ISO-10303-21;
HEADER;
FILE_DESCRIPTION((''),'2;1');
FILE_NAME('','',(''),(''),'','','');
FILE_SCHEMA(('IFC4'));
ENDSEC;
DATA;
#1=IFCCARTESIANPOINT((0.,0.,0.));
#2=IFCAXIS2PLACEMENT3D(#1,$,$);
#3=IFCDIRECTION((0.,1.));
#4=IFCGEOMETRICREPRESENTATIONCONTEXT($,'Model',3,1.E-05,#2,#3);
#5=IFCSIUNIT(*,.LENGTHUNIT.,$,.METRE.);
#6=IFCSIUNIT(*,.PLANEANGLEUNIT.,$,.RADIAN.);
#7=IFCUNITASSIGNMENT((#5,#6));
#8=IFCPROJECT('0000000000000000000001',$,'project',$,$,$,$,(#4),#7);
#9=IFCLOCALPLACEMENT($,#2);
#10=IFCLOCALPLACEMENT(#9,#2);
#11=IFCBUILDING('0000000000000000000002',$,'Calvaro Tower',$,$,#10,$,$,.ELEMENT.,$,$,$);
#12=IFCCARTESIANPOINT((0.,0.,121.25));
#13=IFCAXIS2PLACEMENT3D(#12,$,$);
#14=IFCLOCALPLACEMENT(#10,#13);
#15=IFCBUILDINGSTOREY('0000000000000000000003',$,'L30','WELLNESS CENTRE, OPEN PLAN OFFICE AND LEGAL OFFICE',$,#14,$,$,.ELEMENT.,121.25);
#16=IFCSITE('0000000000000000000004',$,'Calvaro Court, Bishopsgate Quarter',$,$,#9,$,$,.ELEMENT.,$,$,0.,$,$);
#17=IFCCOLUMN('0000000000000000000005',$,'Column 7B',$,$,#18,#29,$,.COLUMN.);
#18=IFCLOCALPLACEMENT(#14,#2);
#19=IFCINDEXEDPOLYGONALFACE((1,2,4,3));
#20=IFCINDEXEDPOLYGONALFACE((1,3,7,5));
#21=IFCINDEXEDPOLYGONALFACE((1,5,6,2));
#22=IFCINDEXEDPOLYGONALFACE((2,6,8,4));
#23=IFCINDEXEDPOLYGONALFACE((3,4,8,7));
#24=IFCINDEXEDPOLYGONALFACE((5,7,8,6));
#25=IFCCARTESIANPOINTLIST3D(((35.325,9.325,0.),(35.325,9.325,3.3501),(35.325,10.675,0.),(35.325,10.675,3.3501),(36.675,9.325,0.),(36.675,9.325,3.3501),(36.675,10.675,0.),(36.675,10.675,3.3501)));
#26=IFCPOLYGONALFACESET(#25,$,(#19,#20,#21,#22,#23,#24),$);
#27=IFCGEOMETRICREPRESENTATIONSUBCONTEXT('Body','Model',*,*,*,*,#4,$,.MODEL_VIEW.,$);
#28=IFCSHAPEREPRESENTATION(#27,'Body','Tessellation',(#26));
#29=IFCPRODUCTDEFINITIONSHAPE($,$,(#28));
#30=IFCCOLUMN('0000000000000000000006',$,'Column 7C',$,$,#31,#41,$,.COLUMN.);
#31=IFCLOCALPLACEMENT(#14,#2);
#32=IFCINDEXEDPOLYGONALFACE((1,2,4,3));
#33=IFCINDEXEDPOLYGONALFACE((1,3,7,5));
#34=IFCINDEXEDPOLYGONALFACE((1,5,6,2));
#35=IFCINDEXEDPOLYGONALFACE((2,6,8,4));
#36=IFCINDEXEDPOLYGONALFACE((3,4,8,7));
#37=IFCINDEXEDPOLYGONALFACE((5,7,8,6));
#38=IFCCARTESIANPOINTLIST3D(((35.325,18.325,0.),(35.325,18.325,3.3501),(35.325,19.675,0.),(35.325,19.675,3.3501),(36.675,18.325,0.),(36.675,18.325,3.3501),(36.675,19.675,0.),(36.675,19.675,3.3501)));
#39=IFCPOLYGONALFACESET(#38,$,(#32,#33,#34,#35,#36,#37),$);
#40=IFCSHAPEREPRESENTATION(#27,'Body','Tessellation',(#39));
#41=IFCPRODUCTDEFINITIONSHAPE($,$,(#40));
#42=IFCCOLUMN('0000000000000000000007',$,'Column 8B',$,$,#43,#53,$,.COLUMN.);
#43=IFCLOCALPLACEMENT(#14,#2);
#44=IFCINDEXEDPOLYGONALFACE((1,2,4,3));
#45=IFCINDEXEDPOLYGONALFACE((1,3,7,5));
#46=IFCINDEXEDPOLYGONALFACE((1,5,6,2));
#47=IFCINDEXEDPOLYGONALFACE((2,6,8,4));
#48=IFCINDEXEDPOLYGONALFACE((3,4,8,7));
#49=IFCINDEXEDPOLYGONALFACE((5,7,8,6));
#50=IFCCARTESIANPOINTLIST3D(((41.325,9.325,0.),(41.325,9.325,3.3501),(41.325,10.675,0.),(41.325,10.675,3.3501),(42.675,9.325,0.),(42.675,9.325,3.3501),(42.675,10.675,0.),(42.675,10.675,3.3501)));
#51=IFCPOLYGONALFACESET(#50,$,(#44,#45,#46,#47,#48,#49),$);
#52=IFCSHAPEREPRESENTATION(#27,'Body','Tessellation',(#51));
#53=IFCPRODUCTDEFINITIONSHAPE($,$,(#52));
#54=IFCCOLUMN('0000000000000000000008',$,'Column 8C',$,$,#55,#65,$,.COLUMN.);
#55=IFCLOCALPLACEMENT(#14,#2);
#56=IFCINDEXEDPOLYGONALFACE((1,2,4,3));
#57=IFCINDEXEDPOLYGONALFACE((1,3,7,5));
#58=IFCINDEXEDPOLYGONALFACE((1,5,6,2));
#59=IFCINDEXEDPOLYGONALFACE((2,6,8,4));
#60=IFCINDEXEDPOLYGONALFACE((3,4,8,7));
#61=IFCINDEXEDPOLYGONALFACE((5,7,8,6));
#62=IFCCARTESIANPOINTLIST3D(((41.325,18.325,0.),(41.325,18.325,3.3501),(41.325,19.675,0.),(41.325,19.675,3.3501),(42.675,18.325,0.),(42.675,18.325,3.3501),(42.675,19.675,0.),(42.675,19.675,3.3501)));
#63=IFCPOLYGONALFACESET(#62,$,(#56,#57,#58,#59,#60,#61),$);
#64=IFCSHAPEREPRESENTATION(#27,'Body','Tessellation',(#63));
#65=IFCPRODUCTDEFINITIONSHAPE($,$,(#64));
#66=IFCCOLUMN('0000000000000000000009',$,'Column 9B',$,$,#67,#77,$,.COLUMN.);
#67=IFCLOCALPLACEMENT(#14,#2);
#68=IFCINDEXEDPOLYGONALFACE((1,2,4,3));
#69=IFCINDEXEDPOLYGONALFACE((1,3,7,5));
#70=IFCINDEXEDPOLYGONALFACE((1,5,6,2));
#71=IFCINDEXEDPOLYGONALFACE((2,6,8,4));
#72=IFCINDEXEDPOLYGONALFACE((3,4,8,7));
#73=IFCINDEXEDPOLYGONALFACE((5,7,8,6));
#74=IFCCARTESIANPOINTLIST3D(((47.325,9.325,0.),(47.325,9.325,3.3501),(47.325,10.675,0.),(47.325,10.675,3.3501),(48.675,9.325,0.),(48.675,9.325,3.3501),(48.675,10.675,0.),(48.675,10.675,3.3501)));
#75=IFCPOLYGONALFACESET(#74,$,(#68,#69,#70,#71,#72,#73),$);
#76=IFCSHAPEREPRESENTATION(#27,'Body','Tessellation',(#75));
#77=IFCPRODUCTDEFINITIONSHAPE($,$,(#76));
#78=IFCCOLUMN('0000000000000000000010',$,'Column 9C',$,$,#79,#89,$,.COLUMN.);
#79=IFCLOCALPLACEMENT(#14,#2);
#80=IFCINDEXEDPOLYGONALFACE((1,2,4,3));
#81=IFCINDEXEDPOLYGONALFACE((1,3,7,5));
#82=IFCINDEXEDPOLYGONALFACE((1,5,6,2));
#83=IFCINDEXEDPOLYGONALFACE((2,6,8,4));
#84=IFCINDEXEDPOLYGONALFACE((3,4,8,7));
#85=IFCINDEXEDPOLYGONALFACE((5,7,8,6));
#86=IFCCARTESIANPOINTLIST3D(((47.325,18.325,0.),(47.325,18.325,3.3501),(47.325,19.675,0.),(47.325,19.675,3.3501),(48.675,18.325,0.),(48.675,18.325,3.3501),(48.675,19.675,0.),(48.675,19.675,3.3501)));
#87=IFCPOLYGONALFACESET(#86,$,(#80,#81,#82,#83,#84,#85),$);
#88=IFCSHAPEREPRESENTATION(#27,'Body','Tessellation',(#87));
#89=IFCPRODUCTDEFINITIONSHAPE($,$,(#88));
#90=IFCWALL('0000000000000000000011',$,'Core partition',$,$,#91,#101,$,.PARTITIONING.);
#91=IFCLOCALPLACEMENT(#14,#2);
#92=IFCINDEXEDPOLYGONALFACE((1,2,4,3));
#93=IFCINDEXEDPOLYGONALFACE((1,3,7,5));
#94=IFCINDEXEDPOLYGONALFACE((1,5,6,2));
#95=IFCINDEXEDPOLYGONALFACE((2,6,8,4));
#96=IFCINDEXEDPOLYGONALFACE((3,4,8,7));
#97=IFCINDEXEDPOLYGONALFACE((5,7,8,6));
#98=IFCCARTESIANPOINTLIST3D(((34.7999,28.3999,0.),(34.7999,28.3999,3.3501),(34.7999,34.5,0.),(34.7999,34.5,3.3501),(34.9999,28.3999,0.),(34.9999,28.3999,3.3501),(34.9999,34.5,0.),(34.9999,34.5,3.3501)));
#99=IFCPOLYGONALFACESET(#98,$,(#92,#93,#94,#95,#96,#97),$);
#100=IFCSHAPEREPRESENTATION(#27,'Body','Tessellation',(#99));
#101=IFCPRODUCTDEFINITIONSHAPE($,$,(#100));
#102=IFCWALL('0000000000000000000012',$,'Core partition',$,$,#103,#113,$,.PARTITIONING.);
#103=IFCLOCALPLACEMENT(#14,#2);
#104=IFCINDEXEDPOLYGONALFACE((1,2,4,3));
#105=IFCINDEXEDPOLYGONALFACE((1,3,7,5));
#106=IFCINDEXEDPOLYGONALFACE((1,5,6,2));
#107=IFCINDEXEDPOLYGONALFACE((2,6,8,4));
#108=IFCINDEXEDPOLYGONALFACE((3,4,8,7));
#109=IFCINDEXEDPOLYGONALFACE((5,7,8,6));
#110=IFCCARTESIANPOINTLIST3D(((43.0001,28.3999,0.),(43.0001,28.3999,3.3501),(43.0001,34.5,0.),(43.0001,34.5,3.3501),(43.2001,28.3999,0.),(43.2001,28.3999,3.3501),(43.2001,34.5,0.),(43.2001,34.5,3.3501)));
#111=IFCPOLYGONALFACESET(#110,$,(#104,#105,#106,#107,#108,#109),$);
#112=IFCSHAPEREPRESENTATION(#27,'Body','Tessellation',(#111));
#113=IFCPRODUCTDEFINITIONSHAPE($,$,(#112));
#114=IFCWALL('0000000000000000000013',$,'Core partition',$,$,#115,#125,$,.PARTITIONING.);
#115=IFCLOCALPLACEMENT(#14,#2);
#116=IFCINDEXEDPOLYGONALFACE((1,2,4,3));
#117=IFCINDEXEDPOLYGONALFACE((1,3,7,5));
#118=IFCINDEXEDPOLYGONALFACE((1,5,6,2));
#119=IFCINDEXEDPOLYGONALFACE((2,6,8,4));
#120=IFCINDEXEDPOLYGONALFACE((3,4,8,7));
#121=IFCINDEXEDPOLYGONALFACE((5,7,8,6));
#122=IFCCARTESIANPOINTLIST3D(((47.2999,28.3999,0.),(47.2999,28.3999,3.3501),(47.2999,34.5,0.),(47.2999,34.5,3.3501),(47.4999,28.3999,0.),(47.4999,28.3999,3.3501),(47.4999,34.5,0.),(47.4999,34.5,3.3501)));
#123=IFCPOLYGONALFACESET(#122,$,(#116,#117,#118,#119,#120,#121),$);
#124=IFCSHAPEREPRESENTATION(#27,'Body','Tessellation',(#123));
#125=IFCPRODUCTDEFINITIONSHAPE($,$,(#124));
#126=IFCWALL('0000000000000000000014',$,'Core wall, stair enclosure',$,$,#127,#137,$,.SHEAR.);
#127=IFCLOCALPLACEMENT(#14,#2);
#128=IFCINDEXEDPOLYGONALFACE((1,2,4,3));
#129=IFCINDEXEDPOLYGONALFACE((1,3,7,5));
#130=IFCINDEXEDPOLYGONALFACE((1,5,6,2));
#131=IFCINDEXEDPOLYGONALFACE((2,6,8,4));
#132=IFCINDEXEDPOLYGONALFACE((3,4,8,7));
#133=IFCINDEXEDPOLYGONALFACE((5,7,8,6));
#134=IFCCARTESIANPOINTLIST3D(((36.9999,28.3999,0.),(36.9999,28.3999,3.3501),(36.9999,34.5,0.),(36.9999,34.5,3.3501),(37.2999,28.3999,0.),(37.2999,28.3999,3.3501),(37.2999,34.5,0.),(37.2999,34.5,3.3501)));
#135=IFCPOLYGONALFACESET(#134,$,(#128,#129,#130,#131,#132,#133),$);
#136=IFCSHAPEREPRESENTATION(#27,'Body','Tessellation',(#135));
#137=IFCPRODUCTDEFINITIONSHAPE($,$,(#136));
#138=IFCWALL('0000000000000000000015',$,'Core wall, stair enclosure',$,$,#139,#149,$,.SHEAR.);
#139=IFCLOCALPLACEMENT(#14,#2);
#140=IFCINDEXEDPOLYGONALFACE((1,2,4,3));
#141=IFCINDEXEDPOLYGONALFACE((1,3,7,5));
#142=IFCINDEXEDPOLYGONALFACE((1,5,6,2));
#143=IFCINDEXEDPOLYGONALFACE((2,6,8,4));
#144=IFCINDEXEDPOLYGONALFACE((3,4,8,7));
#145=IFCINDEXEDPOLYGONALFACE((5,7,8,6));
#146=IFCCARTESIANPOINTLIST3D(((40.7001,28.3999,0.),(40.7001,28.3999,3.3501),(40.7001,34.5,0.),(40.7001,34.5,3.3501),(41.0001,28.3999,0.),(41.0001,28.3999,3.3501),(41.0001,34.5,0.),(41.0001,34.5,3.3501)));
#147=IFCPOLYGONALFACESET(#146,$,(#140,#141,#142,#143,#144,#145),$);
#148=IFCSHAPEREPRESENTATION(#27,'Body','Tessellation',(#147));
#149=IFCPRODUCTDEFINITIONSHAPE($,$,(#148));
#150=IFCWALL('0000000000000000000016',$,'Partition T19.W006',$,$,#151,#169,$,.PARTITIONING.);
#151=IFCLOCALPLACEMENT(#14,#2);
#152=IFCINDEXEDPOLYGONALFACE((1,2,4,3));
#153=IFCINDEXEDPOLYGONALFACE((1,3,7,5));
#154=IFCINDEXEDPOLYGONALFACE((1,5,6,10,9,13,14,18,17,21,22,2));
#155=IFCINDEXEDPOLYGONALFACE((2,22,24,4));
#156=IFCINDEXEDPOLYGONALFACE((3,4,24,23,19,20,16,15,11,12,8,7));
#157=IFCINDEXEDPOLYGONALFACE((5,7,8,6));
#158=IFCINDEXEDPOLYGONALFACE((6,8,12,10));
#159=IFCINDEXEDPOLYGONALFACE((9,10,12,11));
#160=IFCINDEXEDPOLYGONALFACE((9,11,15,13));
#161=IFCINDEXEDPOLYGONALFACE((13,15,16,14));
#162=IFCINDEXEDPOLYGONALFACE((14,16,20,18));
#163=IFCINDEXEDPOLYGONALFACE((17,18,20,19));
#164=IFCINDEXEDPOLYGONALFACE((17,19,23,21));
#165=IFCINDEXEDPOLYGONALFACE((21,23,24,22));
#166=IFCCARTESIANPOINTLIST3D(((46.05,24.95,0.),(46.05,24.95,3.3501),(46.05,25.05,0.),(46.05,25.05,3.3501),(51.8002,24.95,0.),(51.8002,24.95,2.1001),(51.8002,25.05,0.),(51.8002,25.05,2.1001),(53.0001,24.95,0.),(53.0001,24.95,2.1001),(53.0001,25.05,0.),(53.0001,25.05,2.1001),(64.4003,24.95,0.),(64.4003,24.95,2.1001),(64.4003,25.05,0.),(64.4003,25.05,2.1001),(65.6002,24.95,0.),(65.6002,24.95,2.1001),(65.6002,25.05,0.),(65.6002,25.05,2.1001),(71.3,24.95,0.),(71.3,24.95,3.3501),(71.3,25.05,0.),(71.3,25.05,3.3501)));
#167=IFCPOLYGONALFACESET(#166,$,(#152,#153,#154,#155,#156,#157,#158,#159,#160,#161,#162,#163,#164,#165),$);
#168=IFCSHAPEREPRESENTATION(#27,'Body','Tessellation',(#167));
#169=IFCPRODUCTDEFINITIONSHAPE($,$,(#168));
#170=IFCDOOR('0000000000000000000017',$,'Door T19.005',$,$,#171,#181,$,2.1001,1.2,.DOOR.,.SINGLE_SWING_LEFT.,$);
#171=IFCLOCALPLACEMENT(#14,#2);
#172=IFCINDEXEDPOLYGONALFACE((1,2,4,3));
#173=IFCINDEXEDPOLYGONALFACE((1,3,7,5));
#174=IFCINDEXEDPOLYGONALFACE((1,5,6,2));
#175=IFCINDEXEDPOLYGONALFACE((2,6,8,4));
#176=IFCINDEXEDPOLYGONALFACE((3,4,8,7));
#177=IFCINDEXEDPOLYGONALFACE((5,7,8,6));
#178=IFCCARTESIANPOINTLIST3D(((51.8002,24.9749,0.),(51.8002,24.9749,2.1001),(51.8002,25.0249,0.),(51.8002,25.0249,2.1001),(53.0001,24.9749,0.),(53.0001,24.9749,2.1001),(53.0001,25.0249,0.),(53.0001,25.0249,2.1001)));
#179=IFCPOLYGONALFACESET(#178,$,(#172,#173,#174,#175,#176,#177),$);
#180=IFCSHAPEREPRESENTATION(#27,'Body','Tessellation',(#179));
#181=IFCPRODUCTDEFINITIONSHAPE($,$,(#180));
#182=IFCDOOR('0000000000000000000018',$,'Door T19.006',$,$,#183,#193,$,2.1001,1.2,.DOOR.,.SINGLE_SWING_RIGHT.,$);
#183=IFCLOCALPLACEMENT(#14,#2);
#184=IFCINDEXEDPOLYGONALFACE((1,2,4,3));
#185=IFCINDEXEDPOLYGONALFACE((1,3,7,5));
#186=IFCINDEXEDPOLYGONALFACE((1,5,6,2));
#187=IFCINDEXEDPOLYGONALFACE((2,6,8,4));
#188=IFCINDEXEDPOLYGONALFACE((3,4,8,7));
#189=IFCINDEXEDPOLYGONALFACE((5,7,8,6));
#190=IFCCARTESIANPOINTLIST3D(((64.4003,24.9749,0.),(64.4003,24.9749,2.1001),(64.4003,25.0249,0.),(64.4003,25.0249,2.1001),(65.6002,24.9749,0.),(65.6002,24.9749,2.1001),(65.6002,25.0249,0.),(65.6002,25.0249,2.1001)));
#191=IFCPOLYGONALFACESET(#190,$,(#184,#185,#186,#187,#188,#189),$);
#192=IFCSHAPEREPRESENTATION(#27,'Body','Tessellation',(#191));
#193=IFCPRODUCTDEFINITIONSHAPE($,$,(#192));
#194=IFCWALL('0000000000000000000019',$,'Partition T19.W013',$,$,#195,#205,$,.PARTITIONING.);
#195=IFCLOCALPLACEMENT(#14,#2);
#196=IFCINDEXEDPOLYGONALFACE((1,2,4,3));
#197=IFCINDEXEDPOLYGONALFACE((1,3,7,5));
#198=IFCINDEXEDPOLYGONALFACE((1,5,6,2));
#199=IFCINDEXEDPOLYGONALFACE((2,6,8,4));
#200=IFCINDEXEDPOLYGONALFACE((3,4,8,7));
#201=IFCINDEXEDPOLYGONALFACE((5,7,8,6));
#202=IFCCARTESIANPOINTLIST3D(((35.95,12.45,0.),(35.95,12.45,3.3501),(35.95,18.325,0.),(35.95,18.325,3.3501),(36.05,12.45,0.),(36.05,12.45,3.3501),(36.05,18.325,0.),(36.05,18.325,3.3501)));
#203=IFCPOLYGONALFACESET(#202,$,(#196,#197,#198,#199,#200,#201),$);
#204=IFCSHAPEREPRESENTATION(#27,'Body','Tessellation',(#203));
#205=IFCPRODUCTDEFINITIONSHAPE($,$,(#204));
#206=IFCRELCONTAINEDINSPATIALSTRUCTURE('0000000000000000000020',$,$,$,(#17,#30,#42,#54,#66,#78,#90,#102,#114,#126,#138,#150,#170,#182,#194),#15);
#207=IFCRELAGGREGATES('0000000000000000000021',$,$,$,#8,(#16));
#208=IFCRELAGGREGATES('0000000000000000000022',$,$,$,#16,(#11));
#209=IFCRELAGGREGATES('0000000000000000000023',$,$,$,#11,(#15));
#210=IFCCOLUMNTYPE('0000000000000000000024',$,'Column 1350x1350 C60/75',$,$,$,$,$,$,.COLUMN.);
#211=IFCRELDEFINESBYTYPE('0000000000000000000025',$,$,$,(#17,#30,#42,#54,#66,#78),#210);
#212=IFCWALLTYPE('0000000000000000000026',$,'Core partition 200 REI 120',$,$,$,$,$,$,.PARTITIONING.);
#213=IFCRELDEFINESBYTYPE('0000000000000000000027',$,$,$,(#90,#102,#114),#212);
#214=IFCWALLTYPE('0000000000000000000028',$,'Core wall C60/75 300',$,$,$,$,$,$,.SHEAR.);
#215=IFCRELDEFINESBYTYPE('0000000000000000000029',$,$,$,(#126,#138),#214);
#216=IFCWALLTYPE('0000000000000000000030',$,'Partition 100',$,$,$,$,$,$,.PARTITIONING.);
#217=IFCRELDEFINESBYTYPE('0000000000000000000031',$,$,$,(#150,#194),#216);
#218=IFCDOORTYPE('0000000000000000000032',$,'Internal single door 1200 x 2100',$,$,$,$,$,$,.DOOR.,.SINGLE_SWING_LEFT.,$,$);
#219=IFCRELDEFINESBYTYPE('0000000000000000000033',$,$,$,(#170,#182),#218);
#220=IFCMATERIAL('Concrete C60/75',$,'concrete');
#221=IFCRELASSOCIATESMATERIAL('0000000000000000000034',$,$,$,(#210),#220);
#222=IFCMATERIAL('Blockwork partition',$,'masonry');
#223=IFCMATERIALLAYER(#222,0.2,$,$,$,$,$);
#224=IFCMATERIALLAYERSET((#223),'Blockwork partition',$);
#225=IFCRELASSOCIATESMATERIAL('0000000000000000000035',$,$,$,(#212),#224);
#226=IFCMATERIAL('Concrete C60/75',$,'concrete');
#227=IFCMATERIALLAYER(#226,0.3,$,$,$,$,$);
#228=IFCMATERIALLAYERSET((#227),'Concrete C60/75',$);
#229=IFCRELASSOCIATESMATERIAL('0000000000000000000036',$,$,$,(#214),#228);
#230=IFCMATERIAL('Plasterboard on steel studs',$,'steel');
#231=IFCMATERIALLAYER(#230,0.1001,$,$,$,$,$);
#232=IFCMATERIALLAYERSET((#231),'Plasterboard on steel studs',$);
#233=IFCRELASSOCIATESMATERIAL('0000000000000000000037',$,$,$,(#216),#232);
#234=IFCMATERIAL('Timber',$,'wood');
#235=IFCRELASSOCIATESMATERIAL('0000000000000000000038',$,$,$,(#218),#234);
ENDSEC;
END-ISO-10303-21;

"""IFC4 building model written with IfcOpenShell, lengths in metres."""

from ifc_helpers import new_model, si_unit, direction, frame, frame_2d, origin, origin_2d, place, context, subcontext, project, spatial, rectangle, extrude, material, layer, layer_set, material_profile, profile_set, type_object, element, fill, save


model = new_model("IFC4")

# Units and contexts
model_context = context("Model", 3, precision=1e-05, world=origin(), true_north=direction((0.0, 1.0)))
body_context = subcontext(model_context, "Body", "Model", "MODEL_VIEW")
ifc_project = project(units=[si_unit("LENGTHUNIT", "METRE"), si_unit("PLANEANGLEUNIT", "RADIAN")], contexts=[model_context])

# Site, building, storey
site_placement = place(None, origin())
site = spatial("IfcSite", under=ifc_project, at=site_placement, Name="Calvaro Court, Bishopsgate Quarter", CompositionType="ELEMENT", RefElevation=0.0)
building_placement = place(site_placement, origin())
building = spatial("IfcBuilding", under=site, at=building_placement, Name="Calvaro Tower", CompositionType="ELEMENT")
storey_placement = place(building_placement, frame((0.0, 0.0, 121.25)))
storey = spatial("IfcBuildingStorey", under=building, at=storey_placement, Name="L30", Description="WELLNESS CENTRE, OPEN PLAN OFFICE AND LEGAL OFFICE", CompositionType="ELEMENT", Elevation=121.25)

# Columns
ifc_material_1 = material(Name="Concrete C60/75", Category="concrete")
ifc_material_profile = material_profile(ifc_material_1, rectangle(XDim=1.3501, YDim=1.3501, at=origin_2d()), Name="RC 1350x1350")
ifc_profile_set = profile_set([ifc_material_profile], Name="Concrete C60/75")
column_type = type_object("IfcColumnType", Name="Column 1350x1350 C60/75", PredefinedType="COLUMN", material=ifc_profile_set)
for number, where, z_axis, x_axis, name in (
    (1, (36.0, 10.0, 0.0), (0.0, 0.0, 1.0), (1.0, 0.0, 0.0), "Column 7B"),
    (2, (36.0, 19.0, 0.0), (0.0, 0.0, 1.0), (1.0, 0.0, 0.0), "Column 7C"),
    (3, (42.0, 10.0, 0.0), (0.0, 0.0, 1.0), (1.0, 0.0, 0.0), "Column 8B"),
    (4, (42.0, 19.0, 0.0), (0.0, 0.0, 1.0), (1.0, 0.0, 0.0), "Column 8C"),
    (5, (48.0, 10.0, 0.0), (0.0, 0.0, 1.0), (1.0, 0.0, 0.0), "Column 9B"),
    (6, (48.0, 19.0, 0.0), (0.0, 0.0, 1.0), (1.0, 0.0, 0.0), "Column 9C"),
):
    element("IfcColumn", number, at=place(storey_placement, frame(where, z_axis=z_axis, x_axis=x_axis)), inside=storey, type_object=column_type, Name=name, PredefinedType="COLUMN", context=body_context, shape_type="SweptSolid", body=[
        extrude(rectangle(XDim=1.3501, YDim=1.3501, at=origin_2d()), origin(), (0.0, 0.0, 1.0), 3.3501),
    ])

# Walls
ifc_material_2 = material(Name="Blockwork partition", Category="masonry")
ifc_layer_1 = layer(ifc_material_2, 0.2)
ifc_layer_set_1 = layer_set([ifc_layer_1], Name="Blockwork partition")
wall_type_1 = type_object("IfcWallType", Name="Core partition 200 REI 120", PredefinedType="PARTITIONING", material=ifc_layer_set_1)
for number, where, z_axis, x_axis, name in (
    (7, (34.8999, 28.3999, 0.0), (0.0, 0.0, 1.0), (0.0, 1.0, 0.0), "Core partition"),
    (8, (43.1001, 28.3999, 0.0), (0.0, 0.0, 1.0), (0.0, 1.0, 0.0), "Core partition"),
    (9, (47.3999, 28.3999, 0.0), (0.0, 0.0, 1.0), (0.0, 1.0, 0.0), "Core partition"),
):
    element("IfcWall", number, at=place(storey_placement, frame(where, z_axis=z_axis, x_axis=x_axis)), inside=storey, type_object=wall_type_1, Name=name, PredefinedType="PARTITIONING", context=body_context, shape_type="SweptSolid", body=[
        extrude(rectangle(XDim=6.1001, YDim=0.2, at=frame_2d((3.05, 0.0))), origin(), (0.0, 0.0, 1.0), 3.3501),
    ])
ifc_material_3 = material(Name="Concrete C60/75", Category="concrete")
ifc_layer_2 = layer(ifc_material_3, 0.3)
ifc_layer_set_2 = layer_set([ifc_layer_2], Name="Concrete C60/75")
wall_type_2 = type_object("IfcWallType", Name="Core wall C60/75 300", PredefinedType="SHEAR", material=ifc_layer_set_2)
for number, where, z_axis, x_axis, name in (
    (10, (37.1499, 28.3999, 0.0), (0.0, 0.0, 1.0), (0.0, 1.0, 0.0), "Core wall, stair enclosure"),
    (11, (40.8501, 28.3999, 0.0), (0.0, 0.0, 1.0), (0.0, 1.0, 0.0), "Core wall, stair enclosure"),
):
    element("IfcWall", number, at=place(storey_placement, frame(where, z_axis=z_axis, x_axis=x_axis)), inside=storey, type_object=wall_type_2, Name=name, PredefinedType="SHEAR", context=body_context, shape_type="SweptSolid", body=[
        extrude(rectangle(XDim=6.1001, YDim=0.3, at=frame_2d((3.05, 0.0))), origin(), (0.0, 0.0, 1.0), 3.3501),
    ])

# Wall, openings, doors
ifc_material_4 = material(Name="Plasterboard on steel studs", Category="steel")
ifc_layer_3 = layer(ifc_material_4, 0.1001)
ifc_layer_set_3 = layer_set([ifc_layer_3], Name="Plasterboard on steel studs")
wall_type_3 = type_object("IfcWallType", Name="Partition 100", PredefinedType="PARTITIONING", material=ifc_layer_set_3)
wall_1_placement = place(storey_placement, frame((46.05, 25.0, 0.0), z_axis=(0.0, 0.0, 1.0), x_axis=(1.0, 0.0, 0.0)))
wall_1 = element("IfcWall", 12, at=wall_1_placement, inside=storey, type_object=wall_type_3, Name="Partition T19.W006", PredefinedType="PARTITIONING", context=body_context, shape_type="SweptSolid", body=[
    extrude(rectangle(XDim=25.25, YDim=0.1001, at=frame_2d((12.625, 0.0))), origin(), (0.0, 0.0, 1.0), 3.3501),
])
opening_1_placement = place(wall_1_placement, frame((5.75, 0.0, 0.0)))
opening_1 = element("IfcOpeningElement", 13, at=opening_1_placement, cuts=wall_1, PredefinedType="OPENING", context=body_context, shape_type="SweptSolid", body=[
    extrude(rectangle(XDim=1.2, YDim=2.1001, at=frame_2d((0.6001, 1.05))), frame((0.0, 0.0601, 0.0), z_axis=(0.0, -1.0, 0.0), x_axis=(1.0, 0.0, 0.0)), (0.0, 0.0, 1.0), 0.1201),
])
opening_2_placement = place(wall_1_placement, frame((18.3501, 0.0, 0.0)))
opening_2 = element("IfcOpeningElement", 14, at=opening_2_placement, cuts=wall_1, PredefinedType="OPENING", context=body_context, shape_type="SweptSolid", body=[
    extrude(rectangle(XDim=1.2, YDim=2.1001, at=frame_2d((0.6001, 1.05))), frame((0.0, 0.0601, 0.0), z_axis=(0.0, -1.0, 0.0), x_axis=(1.0, 0.0, 0.0)), (0.0, 0.0, 1.0), 0.1201),
])
ifc_material_5 = material(Name="Timber", Category="wood")
door_type = type_object("IfcDoorType", Name="Internal single door 1200 x 2100", OperationType="SINGLE_SWING_LEFT", PredefinedType="DOOR", material=ifc_material_5)
door_1_placement = place(opening_1_placement, origin())
door_1 = element("IfcDoor", 15, at=door_1_placement, inside=storey, type_object=door_type, Name="Door T19.005", OperationType="SINGLE_SWING_LEFT", OverallHeight=2.1001, OverallWidth=1.2, PredefinedType="DOOR", context=body_context, shape_type="SweptSolid", body=[
    extrude(rectangle(XDim=1.2, YDim=2.1001, at=frame_2d((0.6001, 1.05))), frame((0.0, 0.0249, 0.0), z_axis=(0.0, -1.0, 0.0), x_axis=(1.0, 0.0, 0.0)), (0.0, 0.0, 1.0), 0.05),
])
fill(opening_1, door_1)
door_2_placement = place(opening_2_placement, origin())
door_2 = element("IfcDoor", 16, at=door_2_placement, inside=storey, type_object=door_type, Name="Door T19.006", OperationType="SINGLE_SWING_RIGHT", OverallHeight=2.1001, OverallWidth=1.2, PredefinedType="DOOR", context=body_context, shape_type="SweptSolid", body=[
    extrude(rectangle(XDim=1.2, YDim=2.1001, at=frame_2d((0.6001, 1.05))), frame((0.0, 0.0249, 0.0), z_axis=(0.0, -1.0, 0.0), x_axis=(1.0, 0.0, 0.0)), (0.0, 0.0, 1.0), 0.05),
])
fill(opening_2, door_2)

# Wall
wall_2_placement = place(storey_placement, frame((36.0, 12.45, 0.0), z_axis=(0.0, 0.0, 1.0), x_axis=(0.0, 1.0, 0.0)))
element("IfcWall", 17, at=wall_2_placement, inside=storey, type_object=wall_type_3, Name="Partition T19.W013", PredefinedType="PARTITIONING", context=body_context, shape_type="SweptSolid", body=[
    extrude(rectangle(XDim=5.875, YDim=0.1001, at=frame_2d((2.9375, 0.0))), origin(), (0.0, 0.0, 1.0), 3.3501),
])

save(model, "model.ifc")
